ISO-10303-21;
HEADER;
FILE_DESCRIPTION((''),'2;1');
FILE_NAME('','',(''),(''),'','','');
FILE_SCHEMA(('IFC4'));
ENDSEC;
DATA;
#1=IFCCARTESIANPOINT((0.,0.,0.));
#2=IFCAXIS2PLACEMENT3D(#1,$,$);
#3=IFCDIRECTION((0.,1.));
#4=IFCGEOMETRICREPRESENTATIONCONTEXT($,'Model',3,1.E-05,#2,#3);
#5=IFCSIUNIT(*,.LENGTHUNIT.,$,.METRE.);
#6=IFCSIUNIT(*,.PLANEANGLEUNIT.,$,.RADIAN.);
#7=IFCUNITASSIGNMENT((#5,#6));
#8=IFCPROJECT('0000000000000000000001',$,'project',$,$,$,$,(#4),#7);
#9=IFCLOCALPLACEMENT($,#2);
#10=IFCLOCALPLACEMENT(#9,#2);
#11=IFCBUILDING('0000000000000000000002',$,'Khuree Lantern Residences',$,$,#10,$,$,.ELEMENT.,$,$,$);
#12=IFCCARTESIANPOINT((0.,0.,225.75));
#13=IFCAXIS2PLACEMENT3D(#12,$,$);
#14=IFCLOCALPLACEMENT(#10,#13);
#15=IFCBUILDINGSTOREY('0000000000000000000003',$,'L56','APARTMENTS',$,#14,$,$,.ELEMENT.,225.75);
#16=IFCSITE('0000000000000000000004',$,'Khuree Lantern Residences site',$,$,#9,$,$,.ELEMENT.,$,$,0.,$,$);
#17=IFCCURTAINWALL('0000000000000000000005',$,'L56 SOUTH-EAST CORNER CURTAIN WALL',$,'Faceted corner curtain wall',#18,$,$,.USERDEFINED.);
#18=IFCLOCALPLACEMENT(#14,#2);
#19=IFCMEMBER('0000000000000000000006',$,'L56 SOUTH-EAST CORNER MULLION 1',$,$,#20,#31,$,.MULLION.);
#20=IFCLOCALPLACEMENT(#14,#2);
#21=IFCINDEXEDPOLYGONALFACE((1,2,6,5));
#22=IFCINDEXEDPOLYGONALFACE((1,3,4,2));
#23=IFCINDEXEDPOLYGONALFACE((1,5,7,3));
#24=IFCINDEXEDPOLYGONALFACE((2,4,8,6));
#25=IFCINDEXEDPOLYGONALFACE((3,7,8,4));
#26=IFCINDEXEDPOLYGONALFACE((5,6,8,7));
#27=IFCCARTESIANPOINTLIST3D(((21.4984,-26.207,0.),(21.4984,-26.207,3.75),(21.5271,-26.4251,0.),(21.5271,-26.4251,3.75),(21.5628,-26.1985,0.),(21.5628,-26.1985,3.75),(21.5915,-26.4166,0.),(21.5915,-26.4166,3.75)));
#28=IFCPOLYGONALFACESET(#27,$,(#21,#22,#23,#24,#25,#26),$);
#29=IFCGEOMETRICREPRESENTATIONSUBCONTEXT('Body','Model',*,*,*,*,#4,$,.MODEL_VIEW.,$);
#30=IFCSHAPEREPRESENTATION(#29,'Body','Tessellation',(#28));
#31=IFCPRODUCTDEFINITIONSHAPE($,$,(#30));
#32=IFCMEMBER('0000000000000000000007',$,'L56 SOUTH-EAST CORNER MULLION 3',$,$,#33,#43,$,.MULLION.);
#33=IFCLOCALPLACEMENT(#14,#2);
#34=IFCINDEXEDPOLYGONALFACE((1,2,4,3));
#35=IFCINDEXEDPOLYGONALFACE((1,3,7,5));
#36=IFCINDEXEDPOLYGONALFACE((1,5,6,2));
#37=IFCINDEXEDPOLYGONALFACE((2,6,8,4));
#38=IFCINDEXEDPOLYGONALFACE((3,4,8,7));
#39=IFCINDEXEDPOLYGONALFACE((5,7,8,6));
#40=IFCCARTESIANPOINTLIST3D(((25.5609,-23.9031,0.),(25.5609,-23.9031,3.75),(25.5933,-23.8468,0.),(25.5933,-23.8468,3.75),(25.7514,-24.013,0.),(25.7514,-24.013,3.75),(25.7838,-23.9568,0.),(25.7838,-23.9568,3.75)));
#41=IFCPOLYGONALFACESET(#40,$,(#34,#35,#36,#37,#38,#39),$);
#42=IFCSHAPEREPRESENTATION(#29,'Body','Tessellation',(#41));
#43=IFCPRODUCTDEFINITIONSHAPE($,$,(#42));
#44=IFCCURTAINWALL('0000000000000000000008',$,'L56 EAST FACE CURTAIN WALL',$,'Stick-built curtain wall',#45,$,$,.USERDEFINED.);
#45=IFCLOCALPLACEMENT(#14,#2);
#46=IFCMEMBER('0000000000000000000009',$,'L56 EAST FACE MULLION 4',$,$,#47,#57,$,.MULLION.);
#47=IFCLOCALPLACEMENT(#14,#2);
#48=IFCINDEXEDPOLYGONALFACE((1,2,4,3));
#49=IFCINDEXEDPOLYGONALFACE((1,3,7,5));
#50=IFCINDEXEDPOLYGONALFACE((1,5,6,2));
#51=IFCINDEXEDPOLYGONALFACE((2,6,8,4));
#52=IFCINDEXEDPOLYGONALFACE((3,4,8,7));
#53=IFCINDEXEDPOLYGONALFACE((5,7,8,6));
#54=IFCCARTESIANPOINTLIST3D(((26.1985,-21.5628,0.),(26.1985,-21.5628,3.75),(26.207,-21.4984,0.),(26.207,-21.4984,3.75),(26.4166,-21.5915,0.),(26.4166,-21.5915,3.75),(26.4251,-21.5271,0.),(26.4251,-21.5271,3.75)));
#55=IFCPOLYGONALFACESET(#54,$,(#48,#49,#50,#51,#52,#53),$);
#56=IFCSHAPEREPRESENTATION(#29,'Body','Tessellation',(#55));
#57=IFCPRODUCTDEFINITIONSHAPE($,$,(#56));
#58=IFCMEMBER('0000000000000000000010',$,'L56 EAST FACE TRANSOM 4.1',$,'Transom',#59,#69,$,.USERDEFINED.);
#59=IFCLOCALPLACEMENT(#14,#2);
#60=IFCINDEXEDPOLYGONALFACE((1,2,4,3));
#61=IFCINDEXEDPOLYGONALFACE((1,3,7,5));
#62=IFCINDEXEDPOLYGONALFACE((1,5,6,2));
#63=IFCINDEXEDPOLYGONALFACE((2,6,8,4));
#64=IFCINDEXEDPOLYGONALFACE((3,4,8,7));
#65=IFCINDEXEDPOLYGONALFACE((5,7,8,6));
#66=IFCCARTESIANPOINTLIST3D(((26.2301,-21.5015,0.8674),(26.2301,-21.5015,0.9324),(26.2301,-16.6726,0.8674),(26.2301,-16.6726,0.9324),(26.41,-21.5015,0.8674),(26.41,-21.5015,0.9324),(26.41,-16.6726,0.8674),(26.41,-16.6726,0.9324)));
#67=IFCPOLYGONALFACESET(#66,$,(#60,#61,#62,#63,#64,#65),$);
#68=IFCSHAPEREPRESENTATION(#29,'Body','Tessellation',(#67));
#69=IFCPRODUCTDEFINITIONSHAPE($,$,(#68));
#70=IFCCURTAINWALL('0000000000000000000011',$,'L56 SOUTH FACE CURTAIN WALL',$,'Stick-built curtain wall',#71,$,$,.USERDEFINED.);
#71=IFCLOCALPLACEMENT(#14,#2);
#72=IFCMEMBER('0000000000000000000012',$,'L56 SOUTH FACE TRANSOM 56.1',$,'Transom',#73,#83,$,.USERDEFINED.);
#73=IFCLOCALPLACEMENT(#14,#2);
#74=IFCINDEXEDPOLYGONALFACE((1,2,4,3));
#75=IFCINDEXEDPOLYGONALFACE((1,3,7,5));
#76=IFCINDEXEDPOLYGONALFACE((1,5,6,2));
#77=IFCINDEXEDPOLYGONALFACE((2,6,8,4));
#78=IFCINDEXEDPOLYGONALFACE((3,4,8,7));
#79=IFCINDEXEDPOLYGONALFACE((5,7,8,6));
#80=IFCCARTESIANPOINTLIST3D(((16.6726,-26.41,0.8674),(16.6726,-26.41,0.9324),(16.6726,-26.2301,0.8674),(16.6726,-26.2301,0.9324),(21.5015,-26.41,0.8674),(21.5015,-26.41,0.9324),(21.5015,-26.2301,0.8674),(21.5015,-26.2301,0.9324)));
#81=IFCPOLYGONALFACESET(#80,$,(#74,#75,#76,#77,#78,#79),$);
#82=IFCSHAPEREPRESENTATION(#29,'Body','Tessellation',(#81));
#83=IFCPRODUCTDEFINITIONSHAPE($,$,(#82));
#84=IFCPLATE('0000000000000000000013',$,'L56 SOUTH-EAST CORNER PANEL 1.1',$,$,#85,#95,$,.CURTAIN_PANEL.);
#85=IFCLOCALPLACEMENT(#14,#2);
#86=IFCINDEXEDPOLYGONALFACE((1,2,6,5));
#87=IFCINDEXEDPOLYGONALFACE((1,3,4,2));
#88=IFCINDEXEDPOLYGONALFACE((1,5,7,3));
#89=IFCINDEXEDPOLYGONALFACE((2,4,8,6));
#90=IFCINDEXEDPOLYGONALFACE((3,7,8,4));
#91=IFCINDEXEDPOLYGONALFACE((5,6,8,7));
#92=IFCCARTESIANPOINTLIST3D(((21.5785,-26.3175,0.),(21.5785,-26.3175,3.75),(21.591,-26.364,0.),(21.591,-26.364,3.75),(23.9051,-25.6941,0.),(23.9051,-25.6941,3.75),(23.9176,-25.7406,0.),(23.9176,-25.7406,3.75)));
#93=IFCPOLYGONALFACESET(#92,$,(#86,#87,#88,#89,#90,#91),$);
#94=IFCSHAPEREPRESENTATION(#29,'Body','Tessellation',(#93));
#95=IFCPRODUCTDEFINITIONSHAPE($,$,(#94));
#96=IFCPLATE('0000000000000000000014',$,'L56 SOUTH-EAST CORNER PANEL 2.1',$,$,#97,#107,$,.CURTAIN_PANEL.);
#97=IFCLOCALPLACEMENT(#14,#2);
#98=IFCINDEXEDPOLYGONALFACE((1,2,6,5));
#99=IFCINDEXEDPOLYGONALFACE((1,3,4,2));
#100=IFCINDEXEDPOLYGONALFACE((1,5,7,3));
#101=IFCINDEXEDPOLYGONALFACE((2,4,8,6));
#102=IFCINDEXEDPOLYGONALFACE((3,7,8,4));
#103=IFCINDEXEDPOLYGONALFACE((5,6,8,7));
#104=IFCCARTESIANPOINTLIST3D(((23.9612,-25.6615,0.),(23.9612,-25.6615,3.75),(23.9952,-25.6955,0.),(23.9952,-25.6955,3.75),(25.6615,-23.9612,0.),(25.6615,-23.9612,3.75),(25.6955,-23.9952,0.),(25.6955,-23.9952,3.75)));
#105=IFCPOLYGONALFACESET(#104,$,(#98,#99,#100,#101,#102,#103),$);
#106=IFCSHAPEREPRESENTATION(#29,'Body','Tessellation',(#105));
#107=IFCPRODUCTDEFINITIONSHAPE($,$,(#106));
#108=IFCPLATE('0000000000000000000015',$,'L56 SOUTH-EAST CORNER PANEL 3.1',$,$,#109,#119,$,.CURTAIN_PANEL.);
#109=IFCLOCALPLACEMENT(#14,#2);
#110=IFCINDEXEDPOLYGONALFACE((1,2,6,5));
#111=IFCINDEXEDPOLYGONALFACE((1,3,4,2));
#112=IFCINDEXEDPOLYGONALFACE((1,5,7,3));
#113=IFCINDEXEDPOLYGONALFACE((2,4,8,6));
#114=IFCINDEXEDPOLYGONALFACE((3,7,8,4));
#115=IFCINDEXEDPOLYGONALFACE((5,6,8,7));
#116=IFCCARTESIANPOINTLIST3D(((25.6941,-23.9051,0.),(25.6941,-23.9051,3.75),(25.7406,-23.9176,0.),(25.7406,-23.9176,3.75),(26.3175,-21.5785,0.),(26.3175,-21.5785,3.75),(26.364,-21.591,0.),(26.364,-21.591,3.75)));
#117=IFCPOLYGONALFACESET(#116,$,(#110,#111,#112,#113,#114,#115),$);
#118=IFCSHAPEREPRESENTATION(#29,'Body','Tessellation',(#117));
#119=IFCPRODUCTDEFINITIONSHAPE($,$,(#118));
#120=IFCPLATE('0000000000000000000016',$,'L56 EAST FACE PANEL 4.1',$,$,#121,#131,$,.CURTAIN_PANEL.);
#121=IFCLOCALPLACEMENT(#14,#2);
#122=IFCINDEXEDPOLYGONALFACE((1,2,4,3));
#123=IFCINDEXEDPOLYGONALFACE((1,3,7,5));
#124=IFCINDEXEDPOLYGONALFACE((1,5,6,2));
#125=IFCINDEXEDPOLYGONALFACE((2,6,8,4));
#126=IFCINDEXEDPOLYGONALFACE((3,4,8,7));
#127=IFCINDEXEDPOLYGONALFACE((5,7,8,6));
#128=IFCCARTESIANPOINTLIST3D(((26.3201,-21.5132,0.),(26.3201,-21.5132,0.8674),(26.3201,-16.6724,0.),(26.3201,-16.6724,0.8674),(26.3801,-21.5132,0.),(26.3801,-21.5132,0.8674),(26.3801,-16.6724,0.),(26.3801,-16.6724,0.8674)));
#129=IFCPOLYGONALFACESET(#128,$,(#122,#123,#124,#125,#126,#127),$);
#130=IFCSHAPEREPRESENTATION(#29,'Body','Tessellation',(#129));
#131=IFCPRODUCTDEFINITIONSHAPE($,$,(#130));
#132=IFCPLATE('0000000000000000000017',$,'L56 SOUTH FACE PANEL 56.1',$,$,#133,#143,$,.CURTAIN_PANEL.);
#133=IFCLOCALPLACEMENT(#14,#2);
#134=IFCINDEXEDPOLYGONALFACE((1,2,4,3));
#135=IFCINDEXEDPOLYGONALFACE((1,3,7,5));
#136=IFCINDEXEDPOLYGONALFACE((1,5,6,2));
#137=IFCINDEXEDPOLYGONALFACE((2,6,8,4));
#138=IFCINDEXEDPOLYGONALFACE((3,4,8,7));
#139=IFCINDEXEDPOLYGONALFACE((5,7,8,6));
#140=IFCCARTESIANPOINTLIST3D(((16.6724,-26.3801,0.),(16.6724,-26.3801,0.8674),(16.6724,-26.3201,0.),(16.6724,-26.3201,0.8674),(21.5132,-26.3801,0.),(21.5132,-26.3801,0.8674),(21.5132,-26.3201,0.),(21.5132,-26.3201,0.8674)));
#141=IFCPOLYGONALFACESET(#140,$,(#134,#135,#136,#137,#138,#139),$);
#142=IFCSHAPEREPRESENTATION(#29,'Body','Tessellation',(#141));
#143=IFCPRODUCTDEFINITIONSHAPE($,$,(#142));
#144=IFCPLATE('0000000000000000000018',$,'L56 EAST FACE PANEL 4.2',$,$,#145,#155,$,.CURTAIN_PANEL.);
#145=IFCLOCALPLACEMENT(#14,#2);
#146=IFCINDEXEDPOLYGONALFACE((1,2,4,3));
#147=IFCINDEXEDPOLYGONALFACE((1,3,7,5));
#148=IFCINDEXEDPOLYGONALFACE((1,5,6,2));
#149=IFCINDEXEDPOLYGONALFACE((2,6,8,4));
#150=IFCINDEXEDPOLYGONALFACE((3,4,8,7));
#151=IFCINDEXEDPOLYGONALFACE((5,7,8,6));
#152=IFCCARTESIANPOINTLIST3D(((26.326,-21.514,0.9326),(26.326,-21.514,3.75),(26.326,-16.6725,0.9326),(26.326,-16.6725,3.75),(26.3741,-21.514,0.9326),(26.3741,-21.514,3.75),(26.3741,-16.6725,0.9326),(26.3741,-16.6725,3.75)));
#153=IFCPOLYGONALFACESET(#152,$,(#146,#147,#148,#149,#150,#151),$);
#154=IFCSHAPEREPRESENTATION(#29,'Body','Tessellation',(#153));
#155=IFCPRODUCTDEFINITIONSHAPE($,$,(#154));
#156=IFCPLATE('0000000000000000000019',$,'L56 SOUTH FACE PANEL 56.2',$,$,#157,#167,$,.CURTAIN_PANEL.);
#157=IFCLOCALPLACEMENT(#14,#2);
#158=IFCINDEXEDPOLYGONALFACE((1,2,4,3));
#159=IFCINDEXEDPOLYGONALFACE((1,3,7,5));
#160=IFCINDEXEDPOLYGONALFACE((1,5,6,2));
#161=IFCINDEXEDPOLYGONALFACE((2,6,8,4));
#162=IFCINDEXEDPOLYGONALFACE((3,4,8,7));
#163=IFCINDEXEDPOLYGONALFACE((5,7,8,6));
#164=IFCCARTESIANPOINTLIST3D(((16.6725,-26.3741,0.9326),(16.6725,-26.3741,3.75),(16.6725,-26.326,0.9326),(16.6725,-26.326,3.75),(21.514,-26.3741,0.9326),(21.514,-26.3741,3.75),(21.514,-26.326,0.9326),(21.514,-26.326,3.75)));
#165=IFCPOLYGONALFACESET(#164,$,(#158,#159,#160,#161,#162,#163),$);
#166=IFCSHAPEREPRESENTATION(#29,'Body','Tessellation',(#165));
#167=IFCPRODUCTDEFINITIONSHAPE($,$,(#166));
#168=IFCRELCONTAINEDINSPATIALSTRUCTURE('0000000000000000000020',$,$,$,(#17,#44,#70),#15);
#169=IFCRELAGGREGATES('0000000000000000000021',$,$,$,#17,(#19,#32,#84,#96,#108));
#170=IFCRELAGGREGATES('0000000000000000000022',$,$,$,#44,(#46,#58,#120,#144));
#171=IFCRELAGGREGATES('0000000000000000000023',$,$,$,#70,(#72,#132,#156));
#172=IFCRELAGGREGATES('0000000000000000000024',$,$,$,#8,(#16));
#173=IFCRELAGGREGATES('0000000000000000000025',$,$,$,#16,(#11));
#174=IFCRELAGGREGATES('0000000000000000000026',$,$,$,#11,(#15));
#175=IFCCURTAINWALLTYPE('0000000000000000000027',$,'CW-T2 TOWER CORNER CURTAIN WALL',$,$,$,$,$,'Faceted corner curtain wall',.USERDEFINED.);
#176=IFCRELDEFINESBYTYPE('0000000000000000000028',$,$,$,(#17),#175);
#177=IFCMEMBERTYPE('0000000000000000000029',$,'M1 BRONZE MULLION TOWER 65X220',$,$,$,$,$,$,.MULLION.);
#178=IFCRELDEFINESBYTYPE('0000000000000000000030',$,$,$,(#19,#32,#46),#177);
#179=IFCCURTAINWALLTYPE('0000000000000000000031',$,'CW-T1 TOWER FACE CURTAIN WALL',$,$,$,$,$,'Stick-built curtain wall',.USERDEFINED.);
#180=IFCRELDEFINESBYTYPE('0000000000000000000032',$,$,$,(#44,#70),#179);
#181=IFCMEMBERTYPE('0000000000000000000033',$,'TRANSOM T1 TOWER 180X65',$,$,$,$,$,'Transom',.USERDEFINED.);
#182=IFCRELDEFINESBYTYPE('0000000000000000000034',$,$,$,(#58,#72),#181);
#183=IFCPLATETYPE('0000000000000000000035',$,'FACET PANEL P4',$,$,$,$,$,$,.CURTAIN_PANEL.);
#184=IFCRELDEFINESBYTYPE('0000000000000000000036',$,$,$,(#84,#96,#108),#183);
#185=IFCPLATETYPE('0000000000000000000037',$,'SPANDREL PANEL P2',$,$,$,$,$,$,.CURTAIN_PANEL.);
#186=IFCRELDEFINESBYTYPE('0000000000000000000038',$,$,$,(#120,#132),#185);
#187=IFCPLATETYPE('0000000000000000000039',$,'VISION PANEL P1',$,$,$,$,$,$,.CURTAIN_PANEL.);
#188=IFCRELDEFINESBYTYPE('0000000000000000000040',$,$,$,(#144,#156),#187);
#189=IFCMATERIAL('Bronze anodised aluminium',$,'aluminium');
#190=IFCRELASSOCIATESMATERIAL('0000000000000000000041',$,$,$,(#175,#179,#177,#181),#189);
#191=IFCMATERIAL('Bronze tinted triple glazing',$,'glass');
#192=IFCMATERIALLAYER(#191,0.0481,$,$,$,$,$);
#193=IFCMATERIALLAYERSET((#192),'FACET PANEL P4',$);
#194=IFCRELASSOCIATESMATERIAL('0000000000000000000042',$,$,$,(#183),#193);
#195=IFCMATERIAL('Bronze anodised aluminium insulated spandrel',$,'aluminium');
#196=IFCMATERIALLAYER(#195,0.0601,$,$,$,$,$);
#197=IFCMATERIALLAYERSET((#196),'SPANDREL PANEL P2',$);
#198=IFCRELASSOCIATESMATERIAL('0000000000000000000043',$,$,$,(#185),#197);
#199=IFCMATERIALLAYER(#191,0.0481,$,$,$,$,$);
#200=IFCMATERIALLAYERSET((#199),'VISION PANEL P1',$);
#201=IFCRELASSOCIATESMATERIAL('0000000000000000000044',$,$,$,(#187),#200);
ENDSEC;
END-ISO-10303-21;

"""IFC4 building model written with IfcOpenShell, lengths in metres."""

from ifc_helpers import new_model, si_unit, direction, frame, origin, origin_2d, place, context, subcontext, project, spatial, rectangle, extrude, material, layer, layer_set, material_profile, profile_set, type_object, element, aggregate, save


model = new_model("IFC4")

# Units and contexts
model_context = context("Model", 3, precision=1e-05, world=origin(), true_north=direction((0.0, 1.0)))
body_context = subcontext(model_context, "Body", "Model", "MODEL_VIEW")
ifc_project = project(units=[si_unit("LENGTHUNIT", "METRE"), si_unit("PLANEANGLEUNIT", "RADIAN")], contexts=[model_context])

# Site, building, storey
site_placement = place(None, origin())
site = spatial("IfcSite", under=ifc_project, at=site_placement, Name="Khuree Lantern Residences site", CompositionType="ELEMENT", RefElevation=0.0)
building_placement = place(site_placement, origin())
building = spatial("IfcBuilding", under=site, at=building_placement, Name="Khuree Lantern Residences", CompositionType="ELEMENT")
storey_placement = place(building_placement, frame((0.0, 0.0, 225.75)))
storey = spatial("IfcBuildingStorey", under=building, at=storey_placement, Name="L56", Description="APARTMENTS", CompositionType="ELEMENT", Elevation=225.75)

# Curtain wall
ifc_material_1 = material(Name="Bronze anodised aluminium", Category="aluminium")
curtain_wall_type_1 = type_object("IfcCurtainWallType", Name="CW-T2 TOWER CORNER CURTAIN WALL", ElementType="Faceted corner curtain wall", PredefinedType="USERDEFINED", material=ifc_material_1)
curtain_wall_1_placement = place(storey_placement, origin())
curtain_wall_1 = element("IfcCurtainWall", 1, at=curtain_wall_1_placement, inside=storey, type_object=curtain_wall_type_1, Name="L56 SOUTH-EAST CORNER CURTAIN WALL", ObjectType="Faceted corner curtain wall", PredefinedType="USERDEFINED")

# Members
ifc_material_profile_1 = material_profile(ifc_material_1, rectangle(XDim=0.0649, YDim=0.22, at=origin_2d()), Name="M1 65X220")
ifc_profile_set_1 = profile_set([ifc_material_profile_1], Name="Bronze anodised aluminium")
member_type_1 = type_object("IfcMemberType", Name="M1 BRONZE MULLION TOWER 65X220", PredefinedType="MULLION", material=ifc_profile_set_1)
member_1_placement = place(storey_placement, frame((21.5449, -26.3118, 0.0), z_axis=(0.0, 0.0, 1.0), x_axis=(0.991445, 0.130526, 0.0)))
member_1 = element("IfcMember", 2, at=member_1_placement, type_object=member_type_1, Name="L56 SOUTH-EAST CORNER MULLION 1", PredefinedType="MULLION", context=body_context, shape_type="SweptSolid", body=[
    extrude(rectangle(XDim=0.0649, YDim=0.22, at=origin_2d()), origin(), (0.0, 0.0, 1.0), 3.75),
])
member_2_placement = place(storey_placement, frame((25.6724, -23.9299, 0.0), z_axis=(0.0, 0.0, 1.0), x_axis=(0.5, 0.866025, 0.0)))
member_2 = element("IfcMember", 3, at=member_2_placement, type_object=member_type_1, Name="L56 SOUTH-EAST CORNER MULLION 3", PredefinedType="MULLION", context=body_context, shape_type="SweptSolid", body=[
    extrude(rectangle(XDim=0.0649, YDim=0.22, at=origin_2d()), origin(), (0.0, 0.0, 1.0), 3.75),
])

# Curtain wall, members
curtain_wall_type_2 = type_object("IfcCurtainWallType", Name="CW-T1 TOWER FACE CURTAIN WALL", ElementType="Stick-built curtain wall", PredefinedType="USERDEFINED", material=ifc_material_1)
curtain_wall_2_placement = place(storey_placement, origin())
curtain_wall_2 = element("IfcCurtainWall", 4, at=curtain_wall_2_placement, inside=storey, type_object=curtain_wall_type_2, Name="L56 EAST FACE CURTAIN WALL", ObjectType="Stick-built curtain wall", PredefinedType="USERDEFINED")
member_3_placement = place(storey_placement, frame((26.3118, -21.5449, 0.0), z_axis=(0.0, 0.0, 1.0), x_axis=(0.130526, 0.991445, 0.0)))
member_3 = element("IfcMember", 5, at=member_3_placement, type_object=member_type_1, Name="L56 EAST FACE MULLION 4", PredefinedType="MULLION", context=body_context, shape_type="SweptSolid", body=[
    extrude(rectangle(XDim=0.0649, YDim=0.22, at=origin_2d()), origin(), (0.0, 0.0, 1.0), 3.75),
])
ifc_material_profile_2 = material_profile(ifc_material_1, rectangle(XDim=0.1799, YDim=0.0649, at=origin_2d()), Name="T1 180X65")
ifc_profile_set_2 = profile_set([ifc_material_profile_2], Name="Bronze anodised aluminium")
member_type_2 = type_object("IfcMemberType", Name="TRANSOM T1 TOWER 180X65", ElementType="Transom", PredefinedType="USERDEFINED", material=ifc_profile_set_2)
member_4_placement = place(storey_placement, frame((26.3201, -21.5015, 0.8999), z_axis=(0.0, 1.0, 0.0), x_axis=(-1.0, 0.0, 0.0)))
member_4 = element("IfcMember", 6, at=member_4_placement, type_object=member_type_2, Name="L56 EAST FACE TRANSOM 4.1", ObjectType="Transom", PredefinedType="USERDEFINED", context=body_context, shape_type="SweptSolid", body=[
    extrude(rectangle(XDim=0.1799, YDim=0.0649, at=origin_2d()), origin(), (0.0, 0.0, 1.0), 4.8289),
])

# Curtain wall, member
curtain_wall_3_placement = place(storey_placement, origin())
curtain_wall_3 = element("IfcCurtainWall", 7, at=curtain_wall_3_placement, inside=storey, type_object=curtain_wall_type_2, Name="L56 SOUTH FACE CURTAIN WALL", ObjectType="Stick-built curtain wall", PredefinedType="USERDEFINED")
member_5_placement = place(storey_placement, frame((16.6726, -26.3201, 0.8999), z_axis=(1.0, 0.0, 0.0), x_axis=(0.0, 1.0, 0.0)))
member_5 = element("IfcMember", 8, at=member_5_placement, type_object=member_type_2, Name="L56 SOUTH FACE TRANSOM 56.1", ObjectType="Transom", PredefinedType="USERDEFINED", context=body_context, shape_type="SweptSolid", body=[
    extrude(rectangle(XDim=0.1799, YDim=0.0649, at=origin_2d()), origin(), (0.0, 0.0, 1.0), 4.8289),
])

# Plates
ifc_material_2 = material(Name="Bronze tinted triple glazing", Category="glass")
ifc_layer_1 = layer(ifc_material_2, 0.0481)
ifc_layer_set_1 = layer_set([ifc_layer_1], Name="FACET PANEL P4")
plate_type_1 = type_object("IfcPlateType", Name="FACET PANEL P4", PredefinedType="CURTAIN_PANEL", material=ifc_layer_set_1)
plate_1_placement = place(storey_placement, frame((22.748, -26.0291, 0.0), z_axis=(0.0, 0.0, 1.0), x_axis=(0.965926, 0.258819, 0.0)))
plate_1 = element("IfcPlate", 9, at=plate_1_placement, type_object=plate_type_1, Name="L56 SOUTH-EAST CORNER PANEL 1.1", PredefinedType="CURTAIN_PANEL", context=body_context, shape_type="SweptSolid", body=[
    extrude(rectangle(XDim=2.4087, YDim=0.0481, at=origin_2d()), origin(), (0.0, 0.0, 1.0), 3.75),
])
plate_2_placement = place(storey_placement, frame((24.8284, -24.8284, 0.0), z_axis=(0.0, 0.0, 1.0), x_axis=(0.707107, 0.707107, 0.0)))
plate_2 = element("IfcPlate", 10, at=plate_2_placement, type_object=plate_type_1, Name="L56 SOUTH-EAST CORNER PANEL 2.1", PredefinedType="CURTAIN_PANEL", context=body_context, shape_type="SweptSolid", body=[
    extrude(rectangle(XDim=2.4045, YDim=0.0481, at=origin_2d()), origin(), (0.0, 0.0, 1.0), 3.75),
])
plate_3_placement = place(storey_placement, frame((26.0291, -22.748, 0.0), z_axis=(0.0, 0.0, 1.0), x_axis=(0.258819, 0.965926, 0.0)))
plate_3 = element("IfcPlate", 11, at=plate_3_placement, type_object=plate_type_1, Name="L56 SOUTH-EAST CORNER PANEL 3.1", PredefinedType="CURTAIN_PANEL", context=body_context, shape_type="SweptSolid", body=[
    extrude(rectangle(XDim=2.4087, YDim=0.0481, at=origin_2d()), origin(), (0.0, 0.0, 1.0), 3.75),
])
aggregate(curtain_wall_1, [member_1, member_2, plate_1, plate_2, plate_3])
ifc_material_3 = material(Name="Bronze anodised aluminium insulated spandrel", Category="aluminium")
ifc_layer_2 = layer(ifc_material_3, 0.0601)
ifc_layer_set_2 = layer_set([ifc_layer_2], Name="SPANDREL PANEL P2")
plate_type_2 = type_object("IfcPlateType", Name="SPANDREL PANEL P2", PredefinedType="CURTAIN_PANEL", material=ifc_layer_set_2)
plate_4_placement = place(storey_placement, frame((26.3501, -19.0928, 0.0), z_axis=(0.0, 0.0, 1.0), x_axis=(0.0, 1.0, 0.0)))
plate_4 = element("IfcPlate", 12, at=plate_4_placement, type_object=plate_type_2, Name="L56 EAST FACE PANEL 4.1", PredefinedType="CURTAIN_PANEL", context=body_context, shape_type="SweptSolid", body=[
    extrude(rectangle(XDim=4.8408, YDim=0.0601, at=origin_2d()), origin(), (0.0, 0.0, 1.0), 0.8674),
])
plate_5_placement = place(storey_placement, frame((19.0928, -26.3501, 0.0), z_axis=(0.0, 0.0, 1.0), x_axis=(1.0, 0.0, 0.0)))
plate_5 = element("IfcPlate", 13, at=plate_5_placement, type_object=plate_type_2, Name="L56 SOUTH FACE PANEL 56.1", PredefinedType="CURTAIN_PANEL", context=body_context, shape_type="SweptSolid", body=[
    extrude(rectangle(XDim=4.8408, YDim=0.0601, at=origin_2d()), origin(), (0.0, 0.0, 1.0), 0.8674),
])
ifc_layer_3 = layer(ifc_material_2, 0.0481)
ifc_layer_set_3 = layer_set([ifc_layer_3], Name="VISION PANEL P1")
plate_type_3 = type_object("IfcPlateType", Name="VISION PANEL P1", PredefinedType="CURTAIN_PANEL", material=ifc_layer_set_3)
plate_6_placement = place(storey_placement, frame((26.3501, -19.0933, 0.9326), z_axis=(0.0, 0.0, 1.0), x_axis=(0.0, 1.0, 0.0)))
plate_6 = element("IfcPlate", 14, at=plate_6_placement, type_object=plate_type_3, Name="L56 EAST FACE PANEL 4.2", PredefinedType="CURTAIN_PANEL", context=body_context, shape_type="SweptSolid", body=[
    extrude(rectangle(XDim=4.8416, YDim=0.0481, at=origin_2d()), origin(), (0.0, 0.0, 1.0), 2.8174),
])
aggregate(curtain_wall_2, [member_3, member_4, plate_4, plate_6])
plate_7_placement = place(storey_placement, frame((19.0933, -26.3501, 0.9326), z_axis=(0.0, 0.0, 1.0), x_axis=(1.0, 0.0, 0.0)))
plate_7 = element("IfcPlate", 15, at=plate_7_placement, type_object=plate_type_3, Name="L56 SOUTH FACE PANEL 56.2", PredefinedType="CURTAIN_PANEL", context=body_context, shape_type="SweptSolid", body=[
    extrude(rectangle(XDim=4.8416, YDim=0.0481, at=origin_2d()), origin(), (0.0, 0.0, 1.0), 2.8174),
])
aggregate(curtain_wall_3, [member_5, plate_5, plate_7])

save(model, "model.ifc")
